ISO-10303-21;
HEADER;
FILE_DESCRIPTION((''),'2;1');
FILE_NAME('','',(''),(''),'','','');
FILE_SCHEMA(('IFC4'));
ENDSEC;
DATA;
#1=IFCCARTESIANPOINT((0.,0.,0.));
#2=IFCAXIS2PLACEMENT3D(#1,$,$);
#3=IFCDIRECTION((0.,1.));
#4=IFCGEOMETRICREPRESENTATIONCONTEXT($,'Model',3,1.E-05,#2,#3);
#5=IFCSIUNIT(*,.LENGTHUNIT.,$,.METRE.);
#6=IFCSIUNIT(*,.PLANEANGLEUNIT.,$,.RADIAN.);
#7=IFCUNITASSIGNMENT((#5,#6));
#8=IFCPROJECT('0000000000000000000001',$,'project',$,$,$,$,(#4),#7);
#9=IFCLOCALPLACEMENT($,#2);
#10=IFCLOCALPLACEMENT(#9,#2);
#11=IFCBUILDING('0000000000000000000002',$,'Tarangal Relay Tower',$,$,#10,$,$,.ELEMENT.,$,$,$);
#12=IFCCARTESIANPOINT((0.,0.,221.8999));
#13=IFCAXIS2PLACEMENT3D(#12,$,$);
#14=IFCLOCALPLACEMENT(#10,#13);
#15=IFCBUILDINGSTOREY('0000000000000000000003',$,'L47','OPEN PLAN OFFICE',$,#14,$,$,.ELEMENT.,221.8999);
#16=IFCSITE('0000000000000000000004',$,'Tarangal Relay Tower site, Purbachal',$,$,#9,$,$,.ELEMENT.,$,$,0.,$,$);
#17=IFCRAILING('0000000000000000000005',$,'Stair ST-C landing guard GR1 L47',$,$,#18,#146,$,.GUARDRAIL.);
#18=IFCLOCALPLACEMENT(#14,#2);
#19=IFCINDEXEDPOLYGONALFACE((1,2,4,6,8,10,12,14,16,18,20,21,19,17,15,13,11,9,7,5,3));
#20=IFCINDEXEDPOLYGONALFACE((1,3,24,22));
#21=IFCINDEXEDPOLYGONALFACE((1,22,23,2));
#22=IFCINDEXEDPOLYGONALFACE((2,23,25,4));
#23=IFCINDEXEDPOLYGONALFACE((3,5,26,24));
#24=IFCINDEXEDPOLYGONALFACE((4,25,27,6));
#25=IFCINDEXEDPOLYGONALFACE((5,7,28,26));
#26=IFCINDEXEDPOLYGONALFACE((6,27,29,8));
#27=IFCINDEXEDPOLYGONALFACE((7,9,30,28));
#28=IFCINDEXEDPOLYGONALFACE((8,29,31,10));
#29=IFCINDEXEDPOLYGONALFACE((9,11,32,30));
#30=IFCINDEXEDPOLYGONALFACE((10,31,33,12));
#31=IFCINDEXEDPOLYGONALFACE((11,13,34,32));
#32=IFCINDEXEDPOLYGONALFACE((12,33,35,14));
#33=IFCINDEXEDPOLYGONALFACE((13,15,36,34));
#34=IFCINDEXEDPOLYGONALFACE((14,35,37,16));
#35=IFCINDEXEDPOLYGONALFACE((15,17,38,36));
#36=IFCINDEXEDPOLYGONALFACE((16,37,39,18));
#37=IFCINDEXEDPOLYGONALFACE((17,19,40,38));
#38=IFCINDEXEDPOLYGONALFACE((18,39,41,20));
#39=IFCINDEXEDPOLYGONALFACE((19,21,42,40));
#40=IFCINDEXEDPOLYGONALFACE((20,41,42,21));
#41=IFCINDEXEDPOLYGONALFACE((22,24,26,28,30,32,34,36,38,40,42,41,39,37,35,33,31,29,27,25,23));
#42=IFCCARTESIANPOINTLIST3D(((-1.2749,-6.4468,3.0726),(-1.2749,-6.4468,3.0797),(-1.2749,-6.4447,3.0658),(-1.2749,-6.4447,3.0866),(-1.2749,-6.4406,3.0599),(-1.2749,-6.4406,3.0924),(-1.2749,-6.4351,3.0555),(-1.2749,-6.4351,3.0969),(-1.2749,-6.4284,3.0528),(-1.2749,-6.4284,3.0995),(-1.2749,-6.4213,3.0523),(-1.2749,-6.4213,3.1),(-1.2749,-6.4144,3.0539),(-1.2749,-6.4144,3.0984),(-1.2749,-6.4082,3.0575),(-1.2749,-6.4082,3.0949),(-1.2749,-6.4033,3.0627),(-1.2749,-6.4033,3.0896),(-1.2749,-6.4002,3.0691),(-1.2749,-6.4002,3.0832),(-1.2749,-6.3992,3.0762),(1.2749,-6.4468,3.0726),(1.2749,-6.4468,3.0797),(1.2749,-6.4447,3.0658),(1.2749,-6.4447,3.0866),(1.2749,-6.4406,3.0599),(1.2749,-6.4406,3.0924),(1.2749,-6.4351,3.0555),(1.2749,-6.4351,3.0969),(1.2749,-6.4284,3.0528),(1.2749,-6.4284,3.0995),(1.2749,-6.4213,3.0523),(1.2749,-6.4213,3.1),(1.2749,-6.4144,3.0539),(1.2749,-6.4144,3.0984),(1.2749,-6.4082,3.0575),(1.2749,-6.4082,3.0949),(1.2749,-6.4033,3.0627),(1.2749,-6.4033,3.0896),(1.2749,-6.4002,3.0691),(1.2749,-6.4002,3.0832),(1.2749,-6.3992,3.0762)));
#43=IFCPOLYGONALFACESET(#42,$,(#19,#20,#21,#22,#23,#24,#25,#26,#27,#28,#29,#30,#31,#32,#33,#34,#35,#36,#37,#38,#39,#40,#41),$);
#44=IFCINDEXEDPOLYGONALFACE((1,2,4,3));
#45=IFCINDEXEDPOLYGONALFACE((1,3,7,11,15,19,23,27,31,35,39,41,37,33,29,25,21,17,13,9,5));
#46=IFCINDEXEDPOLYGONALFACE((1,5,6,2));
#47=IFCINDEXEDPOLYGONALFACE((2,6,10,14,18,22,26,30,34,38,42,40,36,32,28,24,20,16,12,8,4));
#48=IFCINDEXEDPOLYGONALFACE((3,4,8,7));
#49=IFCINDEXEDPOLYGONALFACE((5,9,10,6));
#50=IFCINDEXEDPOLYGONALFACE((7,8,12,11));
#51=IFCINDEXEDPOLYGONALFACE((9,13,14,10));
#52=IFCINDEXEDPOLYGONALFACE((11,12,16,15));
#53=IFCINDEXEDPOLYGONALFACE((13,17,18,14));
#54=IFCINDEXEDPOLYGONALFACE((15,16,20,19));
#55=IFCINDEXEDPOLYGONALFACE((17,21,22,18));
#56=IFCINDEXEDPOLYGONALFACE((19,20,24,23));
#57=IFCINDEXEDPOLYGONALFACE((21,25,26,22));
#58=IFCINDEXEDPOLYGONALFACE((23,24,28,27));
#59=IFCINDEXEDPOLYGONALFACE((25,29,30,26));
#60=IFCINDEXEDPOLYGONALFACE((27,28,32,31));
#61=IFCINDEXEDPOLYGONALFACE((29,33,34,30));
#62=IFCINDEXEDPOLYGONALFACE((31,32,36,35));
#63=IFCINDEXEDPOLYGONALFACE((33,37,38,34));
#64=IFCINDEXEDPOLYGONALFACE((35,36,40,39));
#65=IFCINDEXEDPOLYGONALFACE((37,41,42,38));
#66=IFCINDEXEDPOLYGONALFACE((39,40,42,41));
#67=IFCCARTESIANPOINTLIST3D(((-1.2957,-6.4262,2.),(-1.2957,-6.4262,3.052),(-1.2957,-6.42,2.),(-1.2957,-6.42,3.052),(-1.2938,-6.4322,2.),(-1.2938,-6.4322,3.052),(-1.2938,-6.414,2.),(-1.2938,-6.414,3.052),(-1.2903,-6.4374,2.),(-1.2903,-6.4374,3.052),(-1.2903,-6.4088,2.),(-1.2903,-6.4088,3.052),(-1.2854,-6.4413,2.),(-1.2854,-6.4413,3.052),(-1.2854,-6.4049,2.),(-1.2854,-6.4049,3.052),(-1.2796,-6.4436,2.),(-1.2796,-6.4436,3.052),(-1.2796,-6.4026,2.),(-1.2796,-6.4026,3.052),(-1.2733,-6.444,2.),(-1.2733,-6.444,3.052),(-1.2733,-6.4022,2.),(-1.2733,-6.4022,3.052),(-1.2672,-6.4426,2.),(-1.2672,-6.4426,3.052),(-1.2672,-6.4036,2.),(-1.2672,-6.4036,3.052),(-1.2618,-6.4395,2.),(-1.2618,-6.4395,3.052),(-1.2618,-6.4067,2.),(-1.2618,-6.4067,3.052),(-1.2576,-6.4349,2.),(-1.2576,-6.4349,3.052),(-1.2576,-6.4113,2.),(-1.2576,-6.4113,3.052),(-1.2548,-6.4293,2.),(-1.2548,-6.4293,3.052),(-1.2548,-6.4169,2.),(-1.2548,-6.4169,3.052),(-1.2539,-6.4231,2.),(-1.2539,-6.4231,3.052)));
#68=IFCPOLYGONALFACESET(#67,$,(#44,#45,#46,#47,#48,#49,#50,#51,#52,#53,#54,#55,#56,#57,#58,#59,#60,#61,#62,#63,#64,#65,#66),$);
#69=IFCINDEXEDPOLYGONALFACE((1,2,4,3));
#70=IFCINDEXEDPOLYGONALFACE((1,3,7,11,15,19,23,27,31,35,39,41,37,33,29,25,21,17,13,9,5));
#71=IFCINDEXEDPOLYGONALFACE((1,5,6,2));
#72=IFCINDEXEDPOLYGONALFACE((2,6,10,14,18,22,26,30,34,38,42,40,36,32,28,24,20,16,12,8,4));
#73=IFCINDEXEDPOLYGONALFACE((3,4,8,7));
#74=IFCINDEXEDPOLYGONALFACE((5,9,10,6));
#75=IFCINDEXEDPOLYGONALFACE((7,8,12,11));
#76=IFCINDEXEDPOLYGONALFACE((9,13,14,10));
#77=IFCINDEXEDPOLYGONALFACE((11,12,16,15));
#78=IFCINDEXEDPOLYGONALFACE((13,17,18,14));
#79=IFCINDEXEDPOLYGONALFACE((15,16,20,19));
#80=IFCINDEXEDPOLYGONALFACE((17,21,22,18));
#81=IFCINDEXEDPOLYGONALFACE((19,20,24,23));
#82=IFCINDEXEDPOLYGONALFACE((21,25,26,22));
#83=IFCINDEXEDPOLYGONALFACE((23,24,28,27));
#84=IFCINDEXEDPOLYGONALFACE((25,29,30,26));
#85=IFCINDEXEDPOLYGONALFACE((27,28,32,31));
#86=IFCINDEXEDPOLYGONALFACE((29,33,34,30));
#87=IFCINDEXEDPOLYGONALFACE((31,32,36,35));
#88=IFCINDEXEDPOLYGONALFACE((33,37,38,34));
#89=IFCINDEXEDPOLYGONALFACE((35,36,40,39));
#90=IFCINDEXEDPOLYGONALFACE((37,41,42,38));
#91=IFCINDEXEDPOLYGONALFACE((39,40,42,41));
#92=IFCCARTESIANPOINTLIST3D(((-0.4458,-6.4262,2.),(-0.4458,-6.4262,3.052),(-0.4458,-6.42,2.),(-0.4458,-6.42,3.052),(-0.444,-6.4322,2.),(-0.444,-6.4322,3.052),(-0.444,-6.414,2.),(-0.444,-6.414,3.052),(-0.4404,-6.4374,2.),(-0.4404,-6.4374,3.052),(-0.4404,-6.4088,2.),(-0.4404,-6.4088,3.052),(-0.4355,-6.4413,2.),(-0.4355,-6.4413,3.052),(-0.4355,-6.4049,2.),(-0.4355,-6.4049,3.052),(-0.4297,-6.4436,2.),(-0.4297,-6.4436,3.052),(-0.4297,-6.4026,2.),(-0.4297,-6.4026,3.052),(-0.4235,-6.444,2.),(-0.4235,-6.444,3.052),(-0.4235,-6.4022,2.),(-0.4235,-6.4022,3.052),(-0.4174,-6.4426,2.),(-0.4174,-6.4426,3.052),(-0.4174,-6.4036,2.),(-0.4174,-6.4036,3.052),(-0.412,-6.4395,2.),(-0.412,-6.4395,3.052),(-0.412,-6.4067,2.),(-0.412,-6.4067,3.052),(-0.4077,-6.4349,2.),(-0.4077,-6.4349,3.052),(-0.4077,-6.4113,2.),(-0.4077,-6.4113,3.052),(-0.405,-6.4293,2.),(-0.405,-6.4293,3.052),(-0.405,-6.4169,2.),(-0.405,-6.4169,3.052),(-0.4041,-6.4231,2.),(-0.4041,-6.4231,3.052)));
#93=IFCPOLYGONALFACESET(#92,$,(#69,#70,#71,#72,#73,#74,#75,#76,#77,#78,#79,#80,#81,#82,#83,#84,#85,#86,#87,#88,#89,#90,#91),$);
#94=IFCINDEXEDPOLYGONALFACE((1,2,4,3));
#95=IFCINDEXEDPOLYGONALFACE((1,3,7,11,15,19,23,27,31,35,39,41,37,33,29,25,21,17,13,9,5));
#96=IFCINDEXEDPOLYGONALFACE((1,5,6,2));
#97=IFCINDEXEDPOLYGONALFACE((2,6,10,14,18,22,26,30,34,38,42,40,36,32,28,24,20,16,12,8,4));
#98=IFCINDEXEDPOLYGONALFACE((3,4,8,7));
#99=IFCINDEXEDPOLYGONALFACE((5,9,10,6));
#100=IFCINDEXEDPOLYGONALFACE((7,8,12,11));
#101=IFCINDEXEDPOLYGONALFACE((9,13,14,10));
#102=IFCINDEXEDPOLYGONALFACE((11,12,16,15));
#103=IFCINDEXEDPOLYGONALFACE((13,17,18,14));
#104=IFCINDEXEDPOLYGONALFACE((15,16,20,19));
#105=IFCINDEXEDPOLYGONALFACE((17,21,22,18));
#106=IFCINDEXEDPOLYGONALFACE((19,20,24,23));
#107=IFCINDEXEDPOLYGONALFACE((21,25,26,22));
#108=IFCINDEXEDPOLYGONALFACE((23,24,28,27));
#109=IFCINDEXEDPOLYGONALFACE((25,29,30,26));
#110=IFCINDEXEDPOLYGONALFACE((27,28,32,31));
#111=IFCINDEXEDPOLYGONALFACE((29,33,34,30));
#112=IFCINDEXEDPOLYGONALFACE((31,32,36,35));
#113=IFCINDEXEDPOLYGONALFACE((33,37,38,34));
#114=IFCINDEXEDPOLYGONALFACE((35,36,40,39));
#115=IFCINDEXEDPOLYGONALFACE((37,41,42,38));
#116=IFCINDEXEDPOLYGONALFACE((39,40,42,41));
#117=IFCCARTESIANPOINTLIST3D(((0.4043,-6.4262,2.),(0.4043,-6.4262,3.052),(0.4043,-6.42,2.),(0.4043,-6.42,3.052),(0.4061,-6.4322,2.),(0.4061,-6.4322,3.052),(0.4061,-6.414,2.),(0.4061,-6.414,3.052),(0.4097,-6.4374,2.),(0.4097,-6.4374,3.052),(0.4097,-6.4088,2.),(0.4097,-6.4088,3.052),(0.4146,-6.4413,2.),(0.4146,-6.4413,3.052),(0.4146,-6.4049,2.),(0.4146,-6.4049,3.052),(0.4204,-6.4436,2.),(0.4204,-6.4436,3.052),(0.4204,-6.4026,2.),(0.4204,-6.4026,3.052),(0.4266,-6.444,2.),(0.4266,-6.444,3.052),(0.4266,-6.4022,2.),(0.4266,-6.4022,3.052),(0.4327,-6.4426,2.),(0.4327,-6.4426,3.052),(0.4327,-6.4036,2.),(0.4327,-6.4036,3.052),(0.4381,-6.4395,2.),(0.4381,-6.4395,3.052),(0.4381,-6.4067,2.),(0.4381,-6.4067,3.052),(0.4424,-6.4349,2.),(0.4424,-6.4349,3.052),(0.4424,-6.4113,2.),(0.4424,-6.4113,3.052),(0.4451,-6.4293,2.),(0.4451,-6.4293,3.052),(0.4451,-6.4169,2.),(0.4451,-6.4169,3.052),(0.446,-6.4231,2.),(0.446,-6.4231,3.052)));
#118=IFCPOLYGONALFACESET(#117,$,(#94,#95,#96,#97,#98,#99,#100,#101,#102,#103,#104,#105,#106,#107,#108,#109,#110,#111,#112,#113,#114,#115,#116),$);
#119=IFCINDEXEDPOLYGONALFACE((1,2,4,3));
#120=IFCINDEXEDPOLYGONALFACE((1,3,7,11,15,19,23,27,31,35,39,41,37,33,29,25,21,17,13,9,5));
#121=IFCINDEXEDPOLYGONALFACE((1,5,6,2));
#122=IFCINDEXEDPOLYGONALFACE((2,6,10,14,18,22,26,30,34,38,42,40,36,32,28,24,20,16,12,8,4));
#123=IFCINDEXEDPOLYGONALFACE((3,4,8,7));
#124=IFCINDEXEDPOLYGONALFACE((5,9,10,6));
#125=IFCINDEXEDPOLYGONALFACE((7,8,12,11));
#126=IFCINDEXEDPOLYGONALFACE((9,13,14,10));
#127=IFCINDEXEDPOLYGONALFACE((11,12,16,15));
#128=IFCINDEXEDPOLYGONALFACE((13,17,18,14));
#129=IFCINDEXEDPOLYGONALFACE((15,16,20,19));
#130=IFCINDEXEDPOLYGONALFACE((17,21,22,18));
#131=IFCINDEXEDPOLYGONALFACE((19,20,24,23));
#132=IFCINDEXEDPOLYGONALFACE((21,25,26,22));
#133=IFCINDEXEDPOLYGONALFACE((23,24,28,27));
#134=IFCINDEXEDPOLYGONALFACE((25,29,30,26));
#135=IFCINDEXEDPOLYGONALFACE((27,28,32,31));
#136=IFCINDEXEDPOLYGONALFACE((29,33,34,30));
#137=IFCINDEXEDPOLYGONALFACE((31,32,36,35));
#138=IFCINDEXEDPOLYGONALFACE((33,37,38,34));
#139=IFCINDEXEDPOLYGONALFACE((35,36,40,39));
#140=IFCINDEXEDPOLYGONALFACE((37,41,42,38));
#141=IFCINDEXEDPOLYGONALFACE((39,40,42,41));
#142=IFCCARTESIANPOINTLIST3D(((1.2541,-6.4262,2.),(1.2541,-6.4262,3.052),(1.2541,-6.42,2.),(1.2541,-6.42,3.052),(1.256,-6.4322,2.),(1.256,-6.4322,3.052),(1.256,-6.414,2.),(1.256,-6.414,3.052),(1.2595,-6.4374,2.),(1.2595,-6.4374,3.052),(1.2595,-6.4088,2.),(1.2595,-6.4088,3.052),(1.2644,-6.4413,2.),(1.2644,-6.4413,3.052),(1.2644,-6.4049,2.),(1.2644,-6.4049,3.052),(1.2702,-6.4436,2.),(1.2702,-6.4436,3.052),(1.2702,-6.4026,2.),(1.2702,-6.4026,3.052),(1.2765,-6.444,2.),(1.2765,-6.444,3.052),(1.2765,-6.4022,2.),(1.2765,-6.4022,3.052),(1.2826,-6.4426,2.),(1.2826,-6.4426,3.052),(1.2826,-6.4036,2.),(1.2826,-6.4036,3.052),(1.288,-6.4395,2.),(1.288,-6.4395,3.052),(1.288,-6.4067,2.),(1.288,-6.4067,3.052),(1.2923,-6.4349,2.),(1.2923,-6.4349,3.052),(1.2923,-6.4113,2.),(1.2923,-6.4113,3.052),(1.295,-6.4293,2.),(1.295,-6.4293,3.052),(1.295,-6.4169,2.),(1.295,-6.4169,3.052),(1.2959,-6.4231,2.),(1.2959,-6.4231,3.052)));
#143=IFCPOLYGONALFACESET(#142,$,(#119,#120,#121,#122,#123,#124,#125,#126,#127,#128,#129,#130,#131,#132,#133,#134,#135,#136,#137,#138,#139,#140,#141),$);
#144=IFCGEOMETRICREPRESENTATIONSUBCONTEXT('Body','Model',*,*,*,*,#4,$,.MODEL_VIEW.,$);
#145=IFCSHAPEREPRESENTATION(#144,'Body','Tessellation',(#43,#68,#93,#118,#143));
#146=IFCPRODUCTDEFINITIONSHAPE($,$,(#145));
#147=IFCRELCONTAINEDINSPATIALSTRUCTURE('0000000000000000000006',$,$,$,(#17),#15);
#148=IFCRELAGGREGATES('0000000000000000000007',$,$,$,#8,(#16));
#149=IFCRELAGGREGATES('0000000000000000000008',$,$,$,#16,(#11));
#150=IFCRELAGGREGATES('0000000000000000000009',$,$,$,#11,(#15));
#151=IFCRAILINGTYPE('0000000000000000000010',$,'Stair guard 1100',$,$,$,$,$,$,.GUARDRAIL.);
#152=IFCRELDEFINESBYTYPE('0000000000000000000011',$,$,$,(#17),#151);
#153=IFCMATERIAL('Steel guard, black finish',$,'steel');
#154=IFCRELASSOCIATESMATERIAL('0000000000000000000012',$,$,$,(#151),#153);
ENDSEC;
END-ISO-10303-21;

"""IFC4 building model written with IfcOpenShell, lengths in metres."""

from ifc_helpers import new_model, si_unit, direction, frame, origin, origin_2d, place, context, subcontext, project, spatial, circle, extrude, material, type_object, element, save


model = new_model("IFC4")

# Units and contexts
model_context = context("Model", 3, precision=1e-05, world=origin(), true_north=direction((0.0, 1.0)))
body_context = subcontext(model_context, "Body", "Model", "MODEL_VIEW")
ifc_project = project(units=[si_unit("LENGTHUNIT", "METRE"), si_unit("PLANEANGLEUNIT", "RADIAN")], contexts=[model_context])

# Site, building, storey
site_placement = place(None, origin())
site = spatial("IfcSite", under=ifc_project, at=site_placement, Name="Tarangal Relay Tower site, Purbachal", CompositionType="ELEMENT", RefElevation=0.0)
building_placement = place(site_placement, origin())
building = spatial("IfcBuilding", under=site, at=building_placement, Name="Tarangal Relay Tower", CompositionType="ELEMENT")
storey_placement = place(building_placement, frame((0.0, 0.0, 221.8999)))
storey = spatial("IfcBuildingStorey", under=building, at=storey_placement, Name="L47", Description="OPEN PLAN OFFICE", CompositionType="ELEMENT", Elevation=221.8999)

# Railing
ifc_material_1 = material(Name="Steel guard, black finish", Category="steel")
railing_type_1 = type_object("IfcRailingType", Name="Stair guard 1100", PredefinedType="GUARDRAIL", material=ifc_material_1)
for number, where, name in (
    (1, (-1.2749, -6.4231, 2.0), "Stair ST-C landing guard GR1 L47"),
):
    element("IfcRailing", number, at=place(storey_placement, frame(where)), inside=storey, type_object=railing_type_1, Name=name, PredefinedType="GUARDRAIL", context=body_context, shape_type="SweptSolid", body=[
        extrude(circle(Radius=0.0239, at=origin_2d()), frame((0.0, 0.0, 1.0762), z_axis=(1.0, 0.0, 0.0), x_axis=(0.0, 1.0, 0.0)), (0.0, 0.0, 1.0), 2.5498),
        extrude(circle(Radius=0.021, at=origin_2d()), origin(), (0.0, 0.0, 1.0), 1.052),
        extrude(circle(Radius=0.021, at=origin_2d()), frame((0.8499, 0.0, 0.0)), (0.0, 0.0, 1.0), 1.052),
        extrude(circle(Radius=0.021, at=origin_2d()), frame((1.7, 0.0, 0.0)), (0.0, 0.0, 1.0), 1.052),
        extrude(circle(Radius=0.021, at=origin_2d()), frame((2.5498, 0.0, 0.0)), (0.0, 0.0, 1.0), 1.052),
    ])

save(model, "model.ifc")
